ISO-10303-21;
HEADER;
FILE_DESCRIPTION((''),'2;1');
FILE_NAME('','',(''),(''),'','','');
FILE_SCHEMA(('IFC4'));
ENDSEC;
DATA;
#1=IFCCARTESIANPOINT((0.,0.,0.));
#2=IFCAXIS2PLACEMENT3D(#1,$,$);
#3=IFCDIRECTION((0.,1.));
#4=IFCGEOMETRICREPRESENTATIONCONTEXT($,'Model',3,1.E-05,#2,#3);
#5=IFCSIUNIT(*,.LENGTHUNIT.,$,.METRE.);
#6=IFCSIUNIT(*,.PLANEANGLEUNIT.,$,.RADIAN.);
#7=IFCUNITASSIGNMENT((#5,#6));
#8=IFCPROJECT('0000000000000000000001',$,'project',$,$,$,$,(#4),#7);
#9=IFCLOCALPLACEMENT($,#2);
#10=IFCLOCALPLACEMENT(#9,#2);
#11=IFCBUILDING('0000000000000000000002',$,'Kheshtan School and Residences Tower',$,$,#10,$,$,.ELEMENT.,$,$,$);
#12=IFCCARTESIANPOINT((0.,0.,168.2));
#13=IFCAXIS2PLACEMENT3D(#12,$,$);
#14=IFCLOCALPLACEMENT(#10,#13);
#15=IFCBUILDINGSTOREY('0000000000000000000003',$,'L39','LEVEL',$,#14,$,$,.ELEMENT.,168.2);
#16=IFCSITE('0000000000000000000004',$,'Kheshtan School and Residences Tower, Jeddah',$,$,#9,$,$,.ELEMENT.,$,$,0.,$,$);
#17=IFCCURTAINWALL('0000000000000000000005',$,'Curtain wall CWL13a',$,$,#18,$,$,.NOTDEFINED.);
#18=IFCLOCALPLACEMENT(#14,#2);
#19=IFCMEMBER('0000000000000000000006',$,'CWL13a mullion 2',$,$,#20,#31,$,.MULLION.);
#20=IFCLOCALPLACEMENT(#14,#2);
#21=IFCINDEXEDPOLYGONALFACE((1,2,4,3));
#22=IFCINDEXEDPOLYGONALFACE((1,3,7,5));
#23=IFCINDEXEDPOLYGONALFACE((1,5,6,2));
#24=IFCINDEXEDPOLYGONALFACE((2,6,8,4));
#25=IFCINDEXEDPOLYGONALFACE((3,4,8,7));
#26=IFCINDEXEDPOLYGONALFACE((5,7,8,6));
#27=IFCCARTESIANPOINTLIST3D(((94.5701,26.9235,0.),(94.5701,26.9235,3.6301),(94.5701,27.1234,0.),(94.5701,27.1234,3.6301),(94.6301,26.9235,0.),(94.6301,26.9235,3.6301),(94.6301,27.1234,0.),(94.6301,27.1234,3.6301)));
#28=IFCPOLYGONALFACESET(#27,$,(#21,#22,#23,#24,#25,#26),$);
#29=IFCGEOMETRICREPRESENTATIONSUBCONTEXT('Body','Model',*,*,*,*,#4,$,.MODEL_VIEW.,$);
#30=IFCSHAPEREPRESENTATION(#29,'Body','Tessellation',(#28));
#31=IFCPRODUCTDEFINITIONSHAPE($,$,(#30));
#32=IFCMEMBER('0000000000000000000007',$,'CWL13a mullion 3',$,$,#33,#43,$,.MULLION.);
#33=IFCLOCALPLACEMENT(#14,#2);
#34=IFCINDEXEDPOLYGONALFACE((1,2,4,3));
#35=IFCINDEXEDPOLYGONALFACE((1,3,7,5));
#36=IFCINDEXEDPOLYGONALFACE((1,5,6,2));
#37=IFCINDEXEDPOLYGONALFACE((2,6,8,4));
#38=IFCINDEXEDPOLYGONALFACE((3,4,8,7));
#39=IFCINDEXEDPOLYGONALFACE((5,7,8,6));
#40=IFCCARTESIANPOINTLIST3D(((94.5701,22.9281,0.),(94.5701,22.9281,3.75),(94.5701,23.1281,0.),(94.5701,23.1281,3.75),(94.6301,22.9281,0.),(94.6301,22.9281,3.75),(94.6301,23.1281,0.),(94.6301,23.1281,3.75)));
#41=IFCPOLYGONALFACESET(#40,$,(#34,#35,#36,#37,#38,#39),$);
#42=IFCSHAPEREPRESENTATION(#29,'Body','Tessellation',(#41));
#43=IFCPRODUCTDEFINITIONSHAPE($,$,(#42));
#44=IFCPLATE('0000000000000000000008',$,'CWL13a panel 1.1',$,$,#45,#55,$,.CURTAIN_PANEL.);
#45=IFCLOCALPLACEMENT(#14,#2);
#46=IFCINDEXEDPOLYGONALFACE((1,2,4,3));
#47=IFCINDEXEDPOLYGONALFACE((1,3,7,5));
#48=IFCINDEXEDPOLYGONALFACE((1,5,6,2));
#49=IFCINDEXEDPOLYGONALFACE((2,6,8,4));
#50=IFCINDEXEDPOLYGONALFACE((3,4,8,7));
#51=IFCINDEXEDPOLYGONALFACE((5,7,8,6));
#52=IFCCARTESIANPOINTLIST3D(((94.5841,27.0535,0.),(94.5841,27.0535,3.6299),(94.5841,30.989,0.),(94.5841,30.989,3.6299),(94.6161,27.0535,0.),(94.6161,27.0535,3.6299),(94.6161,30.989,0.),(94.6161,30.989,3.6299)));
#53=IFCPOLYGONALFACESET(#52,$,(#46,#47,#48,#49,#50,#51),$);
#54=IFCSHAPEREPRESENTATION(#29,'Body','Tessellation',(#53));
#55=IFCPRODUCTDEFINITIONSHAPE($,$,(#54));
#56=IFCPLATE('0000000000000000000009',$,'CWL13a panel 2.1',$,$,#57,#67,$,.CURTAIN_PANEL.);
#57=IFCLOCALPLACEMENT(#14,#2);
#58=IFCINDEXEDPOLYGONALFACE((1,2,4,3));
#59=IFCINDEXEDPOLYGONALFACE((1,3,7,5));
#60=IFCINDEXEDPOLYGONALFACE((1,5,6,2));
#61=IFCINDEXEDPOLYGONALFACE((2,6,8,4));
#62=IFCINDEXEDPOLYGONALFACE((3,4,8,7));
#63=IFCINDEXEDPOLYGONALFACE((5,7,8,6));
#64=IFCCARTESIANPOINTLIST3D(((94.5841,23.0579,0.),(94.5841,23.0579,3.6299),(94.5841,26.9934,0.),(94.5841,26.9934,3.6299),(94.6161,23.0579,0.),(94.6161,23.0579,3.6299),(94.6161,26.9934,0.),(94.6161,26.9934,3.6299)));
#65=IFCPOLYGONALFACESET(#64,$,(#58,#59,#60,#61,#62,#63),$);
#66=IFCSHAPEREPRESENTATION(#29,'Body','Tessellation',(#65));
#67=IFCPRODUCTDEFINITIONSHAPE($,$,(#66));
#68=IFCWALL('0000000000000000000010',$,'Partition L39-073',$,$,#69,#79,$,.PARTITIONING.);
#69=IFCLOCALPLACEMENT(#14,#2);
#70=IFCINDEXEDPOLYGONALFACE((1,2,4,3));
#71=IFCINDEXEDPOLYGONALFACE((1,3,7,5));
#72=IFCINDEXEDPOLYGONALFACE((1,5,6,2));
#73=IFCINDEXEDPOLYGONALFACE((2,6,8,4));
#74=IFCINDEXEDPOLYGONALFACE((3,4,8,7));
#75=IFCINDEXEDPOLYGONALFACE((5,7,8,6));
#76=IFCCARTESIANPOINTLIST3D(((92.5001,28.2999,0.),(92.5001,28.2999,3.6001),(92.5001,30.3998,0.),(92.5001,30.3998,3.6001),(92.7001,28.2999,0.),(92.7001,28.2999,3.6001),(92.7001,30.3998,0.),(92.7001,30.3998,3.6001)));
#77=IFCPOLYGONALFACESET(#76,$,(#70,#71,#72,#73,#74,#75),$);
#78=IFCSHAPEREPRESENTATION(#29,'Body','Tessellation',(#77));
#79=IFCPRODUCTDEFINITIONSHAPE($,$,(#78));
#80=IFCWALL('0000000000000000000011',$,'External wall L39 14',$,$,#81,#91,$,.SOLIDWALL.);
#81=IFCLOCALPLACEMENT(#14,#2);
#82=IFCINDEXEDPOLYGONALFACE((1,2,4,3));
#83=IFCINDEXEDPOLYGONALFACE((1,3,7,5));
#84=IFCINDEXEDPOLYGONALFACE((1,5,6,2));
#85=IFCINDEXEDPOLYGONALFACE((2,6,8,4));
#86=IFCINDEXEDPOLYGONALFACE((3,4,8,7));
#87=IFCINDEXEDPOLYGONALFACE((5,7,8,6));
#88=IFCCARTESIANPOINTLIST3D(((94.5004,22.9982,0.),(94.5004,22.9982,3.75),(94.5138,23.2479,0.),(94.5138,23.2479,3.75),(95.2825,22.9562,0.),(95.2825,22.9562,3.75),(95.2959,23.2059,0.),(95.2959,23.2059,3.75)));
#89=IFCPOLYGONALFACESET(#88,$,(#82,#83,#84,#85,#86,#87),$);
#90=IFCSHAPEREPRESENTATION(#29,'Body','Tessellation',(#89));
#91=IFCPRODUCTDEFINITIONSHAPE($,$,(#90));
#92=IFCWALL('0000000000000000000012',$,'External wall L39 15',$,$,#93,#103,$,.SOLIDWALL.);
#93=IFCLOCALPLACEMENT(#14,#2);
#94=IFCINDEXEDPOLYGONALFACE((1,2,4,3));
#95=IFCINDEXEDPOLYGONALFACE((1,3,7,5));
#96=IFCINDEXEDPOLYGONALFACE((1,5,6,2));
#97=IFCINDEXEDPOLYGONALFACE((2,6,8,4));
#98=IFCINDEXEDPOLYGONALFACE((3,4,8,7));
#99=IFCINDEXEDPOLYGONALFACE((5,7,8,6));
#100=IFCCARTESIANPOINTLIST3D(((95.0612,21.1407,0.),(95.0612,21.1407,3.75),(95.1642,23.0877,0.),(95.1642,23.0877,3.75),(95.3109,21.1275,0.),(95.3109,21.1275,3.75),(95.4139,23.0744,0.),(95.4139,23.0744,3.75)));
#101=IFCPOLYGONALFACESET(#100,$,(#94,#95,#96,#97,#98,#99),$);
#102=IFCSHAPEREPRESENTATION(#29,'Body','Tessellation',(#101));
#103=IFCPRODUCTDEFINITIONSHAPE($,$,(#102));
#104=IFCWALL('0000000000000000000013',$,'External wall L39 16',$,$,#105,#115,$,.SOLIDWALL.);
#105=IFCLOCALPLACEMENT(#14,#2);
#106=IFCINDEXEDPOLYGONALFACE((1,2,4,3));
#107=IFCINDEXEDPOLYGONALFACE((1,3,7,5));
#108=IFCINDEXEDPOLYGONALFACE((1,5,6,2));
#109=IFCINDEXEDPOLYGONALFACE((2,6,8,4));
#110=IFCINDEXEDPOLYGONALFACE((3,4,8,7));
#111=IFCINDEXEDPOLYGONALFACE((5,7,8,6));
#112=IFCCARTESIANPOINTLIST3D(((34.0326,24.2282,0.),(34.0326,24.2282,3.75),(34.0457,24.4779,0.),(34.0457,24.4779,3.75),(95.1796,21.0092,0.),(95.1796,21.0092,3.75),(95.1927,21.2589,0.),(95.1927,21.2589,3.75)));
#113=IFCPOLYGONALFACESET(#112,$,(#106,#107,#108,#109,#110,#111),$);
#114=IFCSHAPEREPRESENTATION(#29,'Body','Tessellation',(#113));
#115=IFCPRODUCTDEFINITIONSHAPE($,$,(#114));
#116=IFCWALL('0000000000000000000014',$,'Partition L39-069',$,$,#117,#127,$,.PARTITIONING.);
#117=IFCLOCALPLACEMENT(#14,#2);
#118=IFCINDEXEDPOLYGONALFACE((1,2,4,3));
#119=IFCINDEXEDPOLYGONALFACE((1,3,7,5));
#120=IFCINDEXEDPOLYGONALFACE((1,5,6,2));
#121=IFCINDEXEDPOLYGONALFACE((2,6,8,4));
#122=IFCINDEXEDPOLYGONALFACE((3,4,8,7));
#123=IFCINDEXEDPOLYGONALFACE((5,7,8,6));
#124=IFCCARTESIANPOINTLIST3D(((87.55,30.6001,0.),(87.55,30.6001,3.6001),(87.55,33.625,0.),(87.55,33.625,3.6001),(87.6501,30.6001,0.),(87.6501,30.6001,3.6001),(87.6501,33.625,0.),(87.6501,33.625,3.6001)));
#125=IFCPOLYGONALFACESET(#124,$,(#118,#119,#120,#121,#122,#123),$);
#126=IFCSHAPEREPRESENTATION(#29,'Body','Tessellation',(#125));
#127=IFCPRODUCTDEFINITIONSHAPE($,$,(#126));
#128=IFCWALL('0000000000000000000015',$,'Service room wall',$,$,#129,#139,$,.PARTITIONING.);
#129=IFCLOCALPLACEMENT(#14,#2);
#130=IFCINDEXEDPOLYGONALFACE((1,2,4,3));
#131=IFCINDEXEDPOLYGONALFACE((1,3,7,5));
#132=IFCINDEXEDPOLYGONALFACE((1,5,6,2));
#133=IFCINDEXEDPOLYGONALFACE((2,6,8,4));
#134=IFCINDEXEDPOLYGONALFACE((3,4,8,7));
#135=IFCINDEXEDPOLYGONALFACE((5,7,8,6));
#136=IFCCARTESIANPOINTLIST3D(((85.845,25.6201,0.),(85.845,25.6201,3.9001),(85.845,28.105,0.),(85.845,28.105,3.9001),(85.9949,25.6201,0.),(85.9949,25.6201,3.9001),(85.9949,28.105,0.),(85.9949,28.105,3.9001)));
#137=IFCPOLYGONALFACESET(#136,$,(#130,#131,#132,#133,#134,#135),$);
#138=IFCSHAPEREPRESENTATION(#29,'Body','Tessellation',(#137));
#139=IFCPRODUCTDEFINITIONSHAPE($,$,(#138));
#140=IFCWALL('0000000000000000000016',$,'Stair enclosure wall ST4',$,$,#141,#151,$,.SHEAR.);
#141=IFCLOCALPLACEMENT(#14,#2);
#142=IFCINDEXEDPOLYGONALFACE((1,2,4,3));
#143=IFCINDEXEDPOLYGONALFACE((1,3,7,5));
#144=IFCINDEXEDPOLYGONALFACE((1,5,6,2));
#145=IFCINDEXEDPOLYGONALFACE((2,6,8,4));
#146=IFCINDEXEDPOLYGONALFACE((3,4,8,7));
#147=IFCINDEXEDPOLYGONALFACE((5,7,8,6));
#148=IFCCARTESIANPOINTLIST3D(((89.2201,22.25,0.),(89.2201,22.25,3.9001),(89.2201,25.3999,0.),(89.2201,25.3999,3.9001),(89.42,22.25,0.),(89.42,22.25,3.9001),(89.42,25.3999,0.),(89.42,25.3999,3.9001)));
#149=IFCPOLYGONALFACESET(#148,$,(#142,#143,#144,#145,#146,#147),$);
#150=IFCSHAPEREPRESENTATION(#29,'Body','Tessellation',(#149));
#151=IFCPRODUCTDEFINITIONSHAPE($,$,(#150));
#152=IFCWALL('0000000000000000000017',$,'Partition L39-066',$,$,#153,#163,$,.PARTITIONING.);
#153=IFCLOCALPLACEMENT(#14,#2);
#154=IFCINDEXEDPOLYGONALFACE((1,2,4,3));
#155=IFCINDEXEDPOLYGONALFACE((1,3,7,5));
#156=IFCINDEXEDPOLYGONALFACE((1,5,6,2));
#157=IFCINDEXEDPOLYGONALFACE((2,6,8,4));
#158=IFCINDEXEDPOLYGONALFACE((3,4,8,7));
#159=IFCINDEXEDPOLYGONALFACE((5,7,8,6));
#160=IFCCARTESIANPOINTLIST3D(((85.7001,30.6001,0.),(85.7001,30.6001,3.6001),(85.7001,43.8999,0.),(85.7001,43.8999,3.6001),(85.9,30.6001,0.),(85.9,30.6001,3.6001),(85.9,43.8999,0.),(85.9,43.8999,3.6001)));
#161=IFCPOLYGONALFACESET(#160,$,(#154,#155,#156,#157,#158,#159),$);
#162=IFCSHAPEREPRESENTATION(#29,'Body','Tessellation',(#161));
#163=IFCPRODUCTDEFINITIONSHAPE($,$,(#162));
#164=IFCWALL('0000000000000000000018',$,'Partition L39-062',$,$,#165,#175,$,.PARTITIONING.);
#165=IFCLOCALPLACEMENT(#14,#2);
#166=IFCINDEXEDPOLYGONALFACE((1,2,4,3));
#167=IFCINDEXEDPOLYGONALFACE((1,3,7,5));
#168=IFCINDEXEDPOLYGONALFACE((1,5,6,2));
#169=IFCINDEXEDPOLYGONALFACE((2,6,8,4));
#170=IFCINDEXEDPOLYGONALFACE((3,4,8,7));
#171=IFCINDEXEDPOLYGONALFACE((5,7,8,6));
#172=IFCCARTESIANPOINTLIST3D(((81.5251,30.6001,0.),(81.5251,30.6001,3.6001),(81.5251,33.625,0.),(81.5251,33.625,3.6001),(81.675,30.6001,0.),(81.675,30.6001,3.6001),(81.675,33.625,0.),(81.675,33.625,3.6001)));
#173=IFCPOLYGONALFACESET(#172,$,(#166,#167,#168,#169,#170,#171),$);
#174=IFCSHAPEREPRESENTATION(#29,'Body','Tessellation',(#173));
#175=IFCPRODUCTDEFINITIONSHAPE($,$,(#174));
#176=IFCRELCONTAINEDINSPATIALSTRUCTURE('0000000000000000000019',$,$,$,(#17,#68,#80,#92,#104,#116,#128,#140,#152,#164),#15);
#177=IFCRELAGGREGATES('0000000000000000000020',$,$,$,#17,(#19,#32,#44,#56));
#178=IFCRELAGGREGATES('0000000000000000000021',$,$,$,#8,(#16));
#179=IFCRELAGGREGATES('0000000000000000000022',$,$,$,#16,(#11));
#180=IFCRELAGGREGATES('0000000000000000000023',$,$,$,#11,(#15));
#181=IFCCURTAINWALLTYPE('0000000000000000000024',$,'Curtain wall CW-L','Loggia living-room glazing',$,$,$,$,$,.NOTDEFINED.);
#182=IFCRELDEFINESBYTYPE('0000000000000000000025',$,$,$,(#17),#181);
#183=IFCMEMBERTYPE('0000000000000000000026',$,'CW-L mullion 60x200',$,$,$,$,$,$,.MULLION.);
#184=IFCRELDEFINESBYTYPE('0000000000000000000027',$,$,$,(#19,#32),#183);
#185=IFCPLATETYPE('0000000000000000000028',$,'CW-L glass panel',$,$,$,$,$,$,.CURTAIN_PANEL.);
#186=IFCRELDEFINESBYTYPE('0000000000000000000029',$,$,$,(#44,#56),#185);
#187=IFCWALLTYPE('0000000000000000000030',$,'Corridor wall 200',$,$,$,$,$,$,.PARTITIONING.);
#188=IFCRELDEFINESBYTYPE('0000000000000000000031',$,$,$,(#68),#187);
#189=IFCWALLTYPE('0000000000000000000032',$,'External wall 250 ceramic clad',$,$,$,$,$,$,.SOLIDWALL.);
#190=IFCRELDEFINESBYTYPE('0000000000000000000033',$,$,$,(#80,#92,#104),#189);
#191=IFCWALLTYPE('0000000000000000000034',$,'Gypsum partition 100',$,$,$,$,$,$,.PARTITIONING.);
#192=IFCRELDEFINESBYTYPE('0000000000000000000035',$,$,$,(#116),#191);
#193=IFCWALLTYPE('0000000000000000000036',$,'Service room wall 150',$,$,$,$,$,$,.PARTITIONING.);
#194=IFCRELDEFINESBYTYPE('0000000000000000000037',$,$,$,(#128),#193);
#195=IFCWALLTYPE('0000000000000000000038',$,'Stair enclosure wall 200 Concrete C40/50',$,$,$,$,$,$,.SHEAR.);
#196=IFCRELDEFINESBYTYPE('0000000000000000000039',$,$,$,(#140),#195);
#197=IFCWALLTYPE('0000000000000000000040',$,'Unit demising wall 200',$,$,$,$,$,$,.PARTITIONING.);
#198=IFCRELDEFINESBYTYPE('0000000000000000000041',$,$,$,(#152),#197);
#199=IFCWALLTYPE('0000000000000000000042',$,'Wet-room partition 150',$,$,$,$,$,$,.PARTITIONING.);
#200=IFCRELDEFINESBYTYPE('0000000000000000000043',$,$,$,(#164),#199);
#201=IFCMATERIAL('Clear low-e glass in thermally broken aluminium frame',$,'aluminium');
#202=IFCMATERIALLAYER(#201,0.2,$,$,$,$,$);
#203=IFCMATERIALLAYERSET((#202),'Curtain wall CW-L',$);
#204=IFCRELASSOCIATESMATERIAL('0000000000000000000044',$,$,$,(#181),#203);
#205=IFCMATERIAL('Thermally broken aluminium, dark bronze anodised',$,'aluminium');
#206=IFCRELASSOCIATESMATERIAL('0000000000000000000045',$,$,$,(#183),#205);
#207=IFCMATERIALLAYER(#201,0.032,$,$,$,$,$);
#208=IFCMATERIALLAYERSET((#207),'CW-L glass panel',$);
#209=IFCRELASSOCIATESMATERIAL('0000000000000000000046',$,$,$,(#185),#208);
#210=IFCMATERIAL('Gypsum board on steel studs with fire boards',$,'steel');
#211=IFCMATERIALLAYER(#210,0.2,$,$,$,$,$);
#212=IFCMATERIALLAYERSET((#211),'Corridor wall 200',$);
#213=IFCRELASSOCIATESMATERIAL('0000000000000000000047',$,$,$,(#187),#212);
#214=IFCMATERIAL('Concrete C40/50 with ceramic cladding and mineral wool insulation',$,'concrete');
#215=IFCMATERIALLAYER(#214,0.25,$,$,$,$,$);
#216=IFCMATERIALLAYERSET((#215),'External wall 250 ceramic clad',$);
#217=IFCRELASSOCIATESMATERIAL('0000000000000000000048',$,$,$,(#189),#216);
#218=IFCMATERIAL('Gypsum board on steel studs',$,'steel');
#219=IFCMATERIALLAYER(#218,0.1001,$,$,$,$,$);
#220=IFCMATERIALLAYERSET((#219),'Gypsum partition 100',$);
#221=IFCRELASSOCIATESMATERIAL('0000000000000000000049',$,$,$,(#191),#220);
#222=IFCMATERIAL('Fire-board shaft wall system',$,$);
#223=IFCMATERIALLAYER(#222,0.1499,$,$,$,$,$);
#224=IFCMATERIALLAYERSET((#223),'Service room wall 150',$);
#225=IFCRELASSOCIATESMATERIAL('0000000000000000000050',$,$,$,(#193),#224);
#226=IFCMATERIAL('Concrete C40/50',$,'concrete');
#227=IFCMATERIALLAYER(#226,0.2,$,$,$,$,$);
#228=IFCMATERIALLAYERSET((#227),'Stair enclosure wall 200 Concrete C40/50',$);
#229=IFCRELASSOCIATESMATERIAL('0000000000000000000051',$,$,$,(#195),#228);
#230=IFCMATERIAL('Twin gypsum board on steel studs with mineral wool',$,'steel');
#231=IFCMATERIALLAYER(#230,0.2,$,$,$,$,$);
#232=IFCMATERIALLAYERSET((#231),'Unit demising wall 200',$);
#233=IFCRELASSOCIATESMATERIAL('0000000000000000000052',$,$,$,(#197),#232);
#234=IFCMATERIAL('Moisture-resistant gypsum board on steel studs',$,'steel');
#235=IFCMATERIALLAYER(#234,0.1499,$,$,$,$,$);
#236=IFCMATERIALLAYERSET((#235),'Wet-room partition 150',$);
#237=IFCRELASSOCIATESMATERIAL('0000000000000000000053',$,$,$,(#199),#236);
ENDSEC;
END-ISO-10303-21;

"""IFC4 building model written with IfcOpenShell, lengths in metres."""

from ifc_helpers import new_model, si_unit, direction, frame, frame_2d, origin, origin_2d, place, context, subcontext, project, spatial, rectangle, extrude, material, layer, layer_set, material_profile, profile_set, type_object, element, aggregate, save


model = new_model("IFC4")

# Units and contexts
model_context = context("Model", 3, precision=1e-05, world=origin(), true_north=direction((0.0, 1.0)))
body_context = subcontext(model_context, "Body", "Model", "MODEL_VIEW")
ifc_project = project(units=[si_unit("LENGTHUNIT", "METRE"), si_unit("PLANEANGLEUNIT", "RADIAN")], contexts=[model_context])

# Site, building, storey
site_placement = place(None, origin())
site = spatial("IfcSite", under=ifc_project, at=site_placement, Name="Kheshtan School and Residences Tower, Jeddah", CompositionType="ELEMENT", RefElevation=0.0)
building_placement = place(site_placement, origin())
building = spatial("IfcBuilding", under=site, at=building_placement, Name="Kheshtan School and Residences Tower", CompositionType="ELEMENT")
storey_placement = place(building_placement, frame((0.0, 0.0, 168.2)))
storey = spatial("IfcBuildingStorey", under=building, at=storey_placement, Name="L39", Description="LEVEL", CompositionType="ELEMENT", Elevation=168.2)

# Curtain wall, members, plates
ifc_material_1 = material(Name="Clear low-e glass in thermally broken aluminium frame", Category="aluminium")
ifc_layer_1 = layer(ifc_material_1, 0.2)
ifc_layer_set_1 = layer_set([ifc_layer_1], Name="Curtain wall CW-L")
curtain_wall_type = type_object("IfcCurtainWallType", Name="Curtain wall CW-L", Description="Loggia living-room glazing", PredefinedType="NOTDEFINED", material=ifc_layer_set_1)
curtain_wall_placement = place(storey_placement, origin())
curtain_wall = element("IfcCurtainWall", 1, at=curtain_wall_placement, inside=storey, type_object=curtain_wall_type, Name="Curtain wall CWL13a", PredefinedType="NOTDEFINED")
ifc_material_2 = material(Name="Thermally broken aluminium, dark bronze anodised", Category="aluminium")
ifc_material_profile_1 = material_profile(ifc_material_2, rectangle(XDim=0.0601, YDim=0.2, at=origin_2d()), Name="CW-L mullion 60x200")
ifc_profile_set_1 = profile_set([ifc_material_profile_1], Name="Thermally broken aluminium, dark bronze anodised")
member_type = type_object("IfcMemberType", Name="CW-L mullion 60x200", PredefinedType="MULLION", material=ifc_profile_set_1)
member_1_placement = place(storey_placement, frame((94.6001, 27.0234, 0.0), z_axis=(0.0, 0.0, 1.0), x_axis=(1.0, 0.0, 0.0)))
member_1 = element("IfcMember", 2, at=member_1_placement, type_object=member_type, Name="CWL13a mullion 2", PredefinedType="MULLION", context=body_context, shape_type="SweptSolid", body=[
    extrude(rectangle(XDim=0.0601, YDim=0.2, at=origin_2d()), origin(), (0.0, 0.0, 1.0), 3.6301),
])
member_2_placement = place(storey_placement, frame((94.6001, 23.0281, 0.0), z_axis=(0.0, 0.0, 1.0), x_axis=(1.0, 0.0, 0.0)))
member_2 = element("IfcMember", 3, at=member_2_placement, type_object=member_type, Name="CWL13a mullion 3", PredefinedType="MULLION", context=body_context, shape_type="SweptSolid", body=[
    extrude(rectangle(XDim=0.0601, YDim=0.2, at=origin_2d()), origin(), (0.0, 0.0, 1.0), 3.75),
])
ifc_layer_2 = layer(ifc_material_1, 0.032)
ifc_layer_set_2 = layer_set([ifc_layer_2], Name="CW-L glass panel")
plate_type = type_object("IfcPlateType", Name="CW-L glass panel", PredefinedType="CURTAIN_PANEL", material=ifc_layer_set_2)
plate_1_placement = place(storey_placement, frame((94.6001, 29.0212, 0.0), z_axis=(0.0, 0.0, 1.0), x_axis=(0.0, -1.0, 0.0)))
plate_1 = element("IfcPlate", 4, at=plate_1_placement, type_object=plate_type, Name="CWL13a panel 1.1", PredefinedType="CURTAIN_PANEL", context=body_context, shape_type="SweptSolid", body=[
    extrude(rectangle(XDim=3.9355, YDim=0.032, at=origin_2d()), origin(), (0.0, 0.0, 1.0), 3.6299),
])
plate_2_placement = place(storey_placement, frame((94.6001, 25.0256, 0.0), z_axis=(0.0, 0.0, 1.0), x_axis=(0.0, -1.0, 0.0)))
plate_2 = element("IfcPlate", 5, at=plate_2_placement, type_object=plate_type, Name="CWL13a panel 2.1", PredefinedType="CURTAIN_PANEL", context=body_context, shape_type="SweptSolid", body=[
    extrude(rectangle(XDim=3.9355, YDim=0.032, at=origin_2d()), origin(), (0.0, 0.0, 1.0), 3.6299),
])
aggregate(curtain_wall, [member_1, member_2, plate_1, plate_2])

# Walls
ifc_material_3 = material(Name="Gypsum board on steel studs with fire boards", Category="steel")
ifc_layer_3 = layer(ifc_material_3, 0.2)
ifc_layer_set_3 = layer_set([ifc_layer_3], Name="Corridor wall 200")
wall_type_1 = type_object("IfcWallType", Name="Corridor wall 200", PredefinedType="PARTITIONING", material=ifc_layer_set_3)
wall_1_placement = place(storey_placement, frame((92.6001, 28.3, 0.0), z_axis=(0.0, 0.0, 1.0), x_axis=(0.0, 1.0, 0.0)))
element("IfcWall", 6, at=wall_1_placement, inside=storey, type_object=wall_type_1, Name="Partition L39-073", PredefinedType="PARTITIONING", context=body_context, shape_type="SweptSolid", body=[
    extrude(rectangle(XDim=2.0999, YDim=0.2, at=frame_2d((1.0498, 0.0))), origin(), (0.0, 0.0, 1.0), 3.6001),
])
ifc_material_4 = material(Name="Concrete C40/50 with ceramic cladding and mineral wool insulation", Category="concrete")
ifc_layer_4 = layer(ifc_material_4, 0.25)
ifc_layer_set_4 = layer_set([ifc_layer_4], Name="External wall 250 ceramic clad")
wall_type_2 = type_object("IfcWallType", Name="External wall 250 ceramic clad", PredefinedType="SOLIDWALL", material=ifc_layer_set_4)
wall_2_placement = place(storey_placement, frame((94.5071, 23.123, 0.0), z_axis=(0.0, 0.0, 1.0), x_axis=(0.998561, -0.053622, 0.0)))
element("IfcWall", 7, at=wall_2_placement, inside=storey, type_object=wall_type_2, Name="External wall L39 14", PredefinedType="SOLIDWALL", context=body_context, shape_type="SweptSolid", body=[
    extrude(rectangle(XDim=0.7832, YDim=0.25, at=frame_2d((0.3916, 0.0))), origin(), (0.0, 0.0, 1.0), 3.75),
])
wall_3_placement = place(storey_placement, frame((95.2891, 23.0811, 0.0), z_axis=(0.0, 0.0, 1.0), x_axis=(-0.052841, -0.998603, 0.0)))
element("IfcWall", 8, at=wall_3_placement, inside=storey, type_object=wall_type_2, Name="External wall L39 15", PredefinedType="SOLIDWALL", context=body_context, shape_type="SweptSolid", body=[
    extrude(rectangle(XDim=1.9497, YDim=0.25, at=frame_2d((0.9749, 0.0))), origin(), (0.0, 0.0, 1.0), 3.75),
])
wall_4_placement = place(storey_placement, frame((95.186, 21.134, 0.0), z_axis=(0.0, 0.0, 1.0), x_axis=(-0.998617, 0.052571, 0.0)))
element("IfcWall", 9, at=wall_4_placement, inside=storey, type_object=wall_type_2, Name="External wall L39 16", PredefinedType="SOLIDWALL", context=body_context, shape_type="SweptSolid", body=[
    extrude(rectangle(XDim=61.2317, YDim=0.25, at=frame_2d((30.6157, 0.0))), origin(), (0.0, 0.0, 1.0), 3.75),
])
ifc_material_5 = material(Name="Gypsum board on steel studs", Category="steel")
ifc_layer_5 = layer(ifc_material_5, 0.1001)
ifc_layer_set_5 = layer_set([ifc_layer_5], Name="Gypsum partition 100")
wall_type_3 = type_object("IfcWallType", Name="Gypsum partition 100", PredefinedType="PARTITIONING", material=ifc_layer_set_5)
wall_5_placement = place(storey_placement, frame((87.6001, 30.6001, 0.0), z_axis=(0.0, 0.0, 1.0), x_axis=(0.0, 1.0, 0.0)))
element("IfcWall", 10, at=wall_5_placement, inside=storey, type_object=wall_type_3, Name="Partition L39-069", PredefinedType="PARTITIONING", context=body_context, shape_type="SweptSolid", body=[
    extrude(rectangle(XDim=3.0249, YDim=0.1001, at=frame_2d((1.5125, 0.0))), origin(), (0.0, 0.0, 1.0), 3.6001),
])
ifc_material_6 = material(Name="Fire-board shaft wall system")
ifc_layer_6 = layer(ifc_material_6, 0.1499)
ifc_layer_set_6 = layer_set([ifc_layer_6], Name="Service room wall 150")
wall_type_4 = type_object("IfcWallType", Name="Service room wall 150", PredefinedType="PARTITIONING", material=ifc_layer_set_6)
wall_6_placement = place(storey_placement, frame((85.9199, 25.6201, 0.0), z_axis=(0.0, 0.0, 1.0), x_axis=(0.0, 1.0, 0.0)))
element("IfcWall", 11, at=wall_6_placement, inside=storey, type_object=wall_type_4, Name="Service room wall", PredefinedType="PARTITIONING", context=body_context, shape_type="SweptSolid", body=[
    extrude(rectangle(XDim=2.4849, YDim=0.1499, at=frame_2d((1.2424, 0.0))), origin(), (0.0, 0.0, 1.0), 3.9001),
])
ifc_material_7 = material(Name="Concrete C40/50", Category="concrete")
ifc_layer_7 = layer(ifc_material_7, 0.2)
ifc_layer_set_7 = layer_set([ifc_layer_7], Name="Stair enclosure wall 200 Concrete C40/50")
wall_type_5 = type_object("IfcWallType", Name="Stair enclosure wall 200 Concrete C40/50", PredefinedType="SHEAR", material=ifc_layer_set_7)
wall_7_placement = place(storey_placement, frame((89.3201, 22.25, 0.0), z_axis=(0.0, 0.0, 1.0), x_axis=(0.0, 1.0, 0.0)))
element("IfcWall", 12, at=wall_7_placement, inside=storey, type_object=wall_type_5, Name="Stair enclosure wall ST4", PredefinedType="SHEAR", context=body_context, shape_type="SweptSolid", body=[
    extrude(rectangle(XDim=3.1499, YDim=0.2, at=frame_2d((1.575, 0.0))), origin(), (0.0, 0.0, 1.0), 3.9001),
])
ifc_material_8 = material(Name="Twin gypsum board on steel studs with mineral wool", Category="steel")
ifc_layer_8 = layer(ifc_material_8, 0.2)
ifc_layer_set_8 = layer_set([ifc_layer_8], Name="Unit demising wall 200")
wall_type_6 = type_object("IfcWallType", Name="Unit demising wall 200", PredefinedType="PARTITIONING", material=ifc_layer_set_8)
wall_8_placement = place(storey_placement, frame((85.8, 30.6001, 0.0), z_axis=(0.0, 0.0, 1.0), x_axis=(0.0, 1.0, 0.0)))
element("IfcWall", 13, at=wall_8_placement, inside=storey, type_object=wall_type_6, Name="Partition L39-066", PredefinedType="PARTITIONING", context=body_context, shape_type="SweptSolid", body=[
    extrude(rectangle(XDim=13.2998, YDim=0.2, at=frame_2d((6.6499, 0.0))), origin(), (0.0, 0.0, 1.0), 3.6001),
])
ifc_material_9 = material(Name="Moisture-resistant gypsum board on steel studs", Category="steel")
ifc_layer_9 = layer(ifc_material_9, 0.1499)
ifc_layer_set_9 = layer_set([ifc_layer_9], Name="Wet-room partition 150")
wall_type_7 = type_object("IfcWallType", Name="Wet-room partition 150", PredefinedType="PARTITIONING", material=ifc_layer_set_9)
wall_9_placement = place(storey_placement, frame((81.6001, 30.6001, 0.0), z_axis=(0.0, 0.0, 1.0), x_axis=(0.0, 1.0, 0.0)))
element("IfcWall", 14, at=wall_9_placement, inside=storey, type_object=wall_type_7, Name="Partition L39-062", PredefinedType="PARTITIONING", context=body_context, shape_type="SweptSolid", body=[
    extrude(rectangle(XDim=3.0249, YDim=0.1499, at=frame_2d((1.5125, 0.0))), origin(), (0.0, 0.0, 1.0), 3.6001),
])

save(model, "model.ifc")
